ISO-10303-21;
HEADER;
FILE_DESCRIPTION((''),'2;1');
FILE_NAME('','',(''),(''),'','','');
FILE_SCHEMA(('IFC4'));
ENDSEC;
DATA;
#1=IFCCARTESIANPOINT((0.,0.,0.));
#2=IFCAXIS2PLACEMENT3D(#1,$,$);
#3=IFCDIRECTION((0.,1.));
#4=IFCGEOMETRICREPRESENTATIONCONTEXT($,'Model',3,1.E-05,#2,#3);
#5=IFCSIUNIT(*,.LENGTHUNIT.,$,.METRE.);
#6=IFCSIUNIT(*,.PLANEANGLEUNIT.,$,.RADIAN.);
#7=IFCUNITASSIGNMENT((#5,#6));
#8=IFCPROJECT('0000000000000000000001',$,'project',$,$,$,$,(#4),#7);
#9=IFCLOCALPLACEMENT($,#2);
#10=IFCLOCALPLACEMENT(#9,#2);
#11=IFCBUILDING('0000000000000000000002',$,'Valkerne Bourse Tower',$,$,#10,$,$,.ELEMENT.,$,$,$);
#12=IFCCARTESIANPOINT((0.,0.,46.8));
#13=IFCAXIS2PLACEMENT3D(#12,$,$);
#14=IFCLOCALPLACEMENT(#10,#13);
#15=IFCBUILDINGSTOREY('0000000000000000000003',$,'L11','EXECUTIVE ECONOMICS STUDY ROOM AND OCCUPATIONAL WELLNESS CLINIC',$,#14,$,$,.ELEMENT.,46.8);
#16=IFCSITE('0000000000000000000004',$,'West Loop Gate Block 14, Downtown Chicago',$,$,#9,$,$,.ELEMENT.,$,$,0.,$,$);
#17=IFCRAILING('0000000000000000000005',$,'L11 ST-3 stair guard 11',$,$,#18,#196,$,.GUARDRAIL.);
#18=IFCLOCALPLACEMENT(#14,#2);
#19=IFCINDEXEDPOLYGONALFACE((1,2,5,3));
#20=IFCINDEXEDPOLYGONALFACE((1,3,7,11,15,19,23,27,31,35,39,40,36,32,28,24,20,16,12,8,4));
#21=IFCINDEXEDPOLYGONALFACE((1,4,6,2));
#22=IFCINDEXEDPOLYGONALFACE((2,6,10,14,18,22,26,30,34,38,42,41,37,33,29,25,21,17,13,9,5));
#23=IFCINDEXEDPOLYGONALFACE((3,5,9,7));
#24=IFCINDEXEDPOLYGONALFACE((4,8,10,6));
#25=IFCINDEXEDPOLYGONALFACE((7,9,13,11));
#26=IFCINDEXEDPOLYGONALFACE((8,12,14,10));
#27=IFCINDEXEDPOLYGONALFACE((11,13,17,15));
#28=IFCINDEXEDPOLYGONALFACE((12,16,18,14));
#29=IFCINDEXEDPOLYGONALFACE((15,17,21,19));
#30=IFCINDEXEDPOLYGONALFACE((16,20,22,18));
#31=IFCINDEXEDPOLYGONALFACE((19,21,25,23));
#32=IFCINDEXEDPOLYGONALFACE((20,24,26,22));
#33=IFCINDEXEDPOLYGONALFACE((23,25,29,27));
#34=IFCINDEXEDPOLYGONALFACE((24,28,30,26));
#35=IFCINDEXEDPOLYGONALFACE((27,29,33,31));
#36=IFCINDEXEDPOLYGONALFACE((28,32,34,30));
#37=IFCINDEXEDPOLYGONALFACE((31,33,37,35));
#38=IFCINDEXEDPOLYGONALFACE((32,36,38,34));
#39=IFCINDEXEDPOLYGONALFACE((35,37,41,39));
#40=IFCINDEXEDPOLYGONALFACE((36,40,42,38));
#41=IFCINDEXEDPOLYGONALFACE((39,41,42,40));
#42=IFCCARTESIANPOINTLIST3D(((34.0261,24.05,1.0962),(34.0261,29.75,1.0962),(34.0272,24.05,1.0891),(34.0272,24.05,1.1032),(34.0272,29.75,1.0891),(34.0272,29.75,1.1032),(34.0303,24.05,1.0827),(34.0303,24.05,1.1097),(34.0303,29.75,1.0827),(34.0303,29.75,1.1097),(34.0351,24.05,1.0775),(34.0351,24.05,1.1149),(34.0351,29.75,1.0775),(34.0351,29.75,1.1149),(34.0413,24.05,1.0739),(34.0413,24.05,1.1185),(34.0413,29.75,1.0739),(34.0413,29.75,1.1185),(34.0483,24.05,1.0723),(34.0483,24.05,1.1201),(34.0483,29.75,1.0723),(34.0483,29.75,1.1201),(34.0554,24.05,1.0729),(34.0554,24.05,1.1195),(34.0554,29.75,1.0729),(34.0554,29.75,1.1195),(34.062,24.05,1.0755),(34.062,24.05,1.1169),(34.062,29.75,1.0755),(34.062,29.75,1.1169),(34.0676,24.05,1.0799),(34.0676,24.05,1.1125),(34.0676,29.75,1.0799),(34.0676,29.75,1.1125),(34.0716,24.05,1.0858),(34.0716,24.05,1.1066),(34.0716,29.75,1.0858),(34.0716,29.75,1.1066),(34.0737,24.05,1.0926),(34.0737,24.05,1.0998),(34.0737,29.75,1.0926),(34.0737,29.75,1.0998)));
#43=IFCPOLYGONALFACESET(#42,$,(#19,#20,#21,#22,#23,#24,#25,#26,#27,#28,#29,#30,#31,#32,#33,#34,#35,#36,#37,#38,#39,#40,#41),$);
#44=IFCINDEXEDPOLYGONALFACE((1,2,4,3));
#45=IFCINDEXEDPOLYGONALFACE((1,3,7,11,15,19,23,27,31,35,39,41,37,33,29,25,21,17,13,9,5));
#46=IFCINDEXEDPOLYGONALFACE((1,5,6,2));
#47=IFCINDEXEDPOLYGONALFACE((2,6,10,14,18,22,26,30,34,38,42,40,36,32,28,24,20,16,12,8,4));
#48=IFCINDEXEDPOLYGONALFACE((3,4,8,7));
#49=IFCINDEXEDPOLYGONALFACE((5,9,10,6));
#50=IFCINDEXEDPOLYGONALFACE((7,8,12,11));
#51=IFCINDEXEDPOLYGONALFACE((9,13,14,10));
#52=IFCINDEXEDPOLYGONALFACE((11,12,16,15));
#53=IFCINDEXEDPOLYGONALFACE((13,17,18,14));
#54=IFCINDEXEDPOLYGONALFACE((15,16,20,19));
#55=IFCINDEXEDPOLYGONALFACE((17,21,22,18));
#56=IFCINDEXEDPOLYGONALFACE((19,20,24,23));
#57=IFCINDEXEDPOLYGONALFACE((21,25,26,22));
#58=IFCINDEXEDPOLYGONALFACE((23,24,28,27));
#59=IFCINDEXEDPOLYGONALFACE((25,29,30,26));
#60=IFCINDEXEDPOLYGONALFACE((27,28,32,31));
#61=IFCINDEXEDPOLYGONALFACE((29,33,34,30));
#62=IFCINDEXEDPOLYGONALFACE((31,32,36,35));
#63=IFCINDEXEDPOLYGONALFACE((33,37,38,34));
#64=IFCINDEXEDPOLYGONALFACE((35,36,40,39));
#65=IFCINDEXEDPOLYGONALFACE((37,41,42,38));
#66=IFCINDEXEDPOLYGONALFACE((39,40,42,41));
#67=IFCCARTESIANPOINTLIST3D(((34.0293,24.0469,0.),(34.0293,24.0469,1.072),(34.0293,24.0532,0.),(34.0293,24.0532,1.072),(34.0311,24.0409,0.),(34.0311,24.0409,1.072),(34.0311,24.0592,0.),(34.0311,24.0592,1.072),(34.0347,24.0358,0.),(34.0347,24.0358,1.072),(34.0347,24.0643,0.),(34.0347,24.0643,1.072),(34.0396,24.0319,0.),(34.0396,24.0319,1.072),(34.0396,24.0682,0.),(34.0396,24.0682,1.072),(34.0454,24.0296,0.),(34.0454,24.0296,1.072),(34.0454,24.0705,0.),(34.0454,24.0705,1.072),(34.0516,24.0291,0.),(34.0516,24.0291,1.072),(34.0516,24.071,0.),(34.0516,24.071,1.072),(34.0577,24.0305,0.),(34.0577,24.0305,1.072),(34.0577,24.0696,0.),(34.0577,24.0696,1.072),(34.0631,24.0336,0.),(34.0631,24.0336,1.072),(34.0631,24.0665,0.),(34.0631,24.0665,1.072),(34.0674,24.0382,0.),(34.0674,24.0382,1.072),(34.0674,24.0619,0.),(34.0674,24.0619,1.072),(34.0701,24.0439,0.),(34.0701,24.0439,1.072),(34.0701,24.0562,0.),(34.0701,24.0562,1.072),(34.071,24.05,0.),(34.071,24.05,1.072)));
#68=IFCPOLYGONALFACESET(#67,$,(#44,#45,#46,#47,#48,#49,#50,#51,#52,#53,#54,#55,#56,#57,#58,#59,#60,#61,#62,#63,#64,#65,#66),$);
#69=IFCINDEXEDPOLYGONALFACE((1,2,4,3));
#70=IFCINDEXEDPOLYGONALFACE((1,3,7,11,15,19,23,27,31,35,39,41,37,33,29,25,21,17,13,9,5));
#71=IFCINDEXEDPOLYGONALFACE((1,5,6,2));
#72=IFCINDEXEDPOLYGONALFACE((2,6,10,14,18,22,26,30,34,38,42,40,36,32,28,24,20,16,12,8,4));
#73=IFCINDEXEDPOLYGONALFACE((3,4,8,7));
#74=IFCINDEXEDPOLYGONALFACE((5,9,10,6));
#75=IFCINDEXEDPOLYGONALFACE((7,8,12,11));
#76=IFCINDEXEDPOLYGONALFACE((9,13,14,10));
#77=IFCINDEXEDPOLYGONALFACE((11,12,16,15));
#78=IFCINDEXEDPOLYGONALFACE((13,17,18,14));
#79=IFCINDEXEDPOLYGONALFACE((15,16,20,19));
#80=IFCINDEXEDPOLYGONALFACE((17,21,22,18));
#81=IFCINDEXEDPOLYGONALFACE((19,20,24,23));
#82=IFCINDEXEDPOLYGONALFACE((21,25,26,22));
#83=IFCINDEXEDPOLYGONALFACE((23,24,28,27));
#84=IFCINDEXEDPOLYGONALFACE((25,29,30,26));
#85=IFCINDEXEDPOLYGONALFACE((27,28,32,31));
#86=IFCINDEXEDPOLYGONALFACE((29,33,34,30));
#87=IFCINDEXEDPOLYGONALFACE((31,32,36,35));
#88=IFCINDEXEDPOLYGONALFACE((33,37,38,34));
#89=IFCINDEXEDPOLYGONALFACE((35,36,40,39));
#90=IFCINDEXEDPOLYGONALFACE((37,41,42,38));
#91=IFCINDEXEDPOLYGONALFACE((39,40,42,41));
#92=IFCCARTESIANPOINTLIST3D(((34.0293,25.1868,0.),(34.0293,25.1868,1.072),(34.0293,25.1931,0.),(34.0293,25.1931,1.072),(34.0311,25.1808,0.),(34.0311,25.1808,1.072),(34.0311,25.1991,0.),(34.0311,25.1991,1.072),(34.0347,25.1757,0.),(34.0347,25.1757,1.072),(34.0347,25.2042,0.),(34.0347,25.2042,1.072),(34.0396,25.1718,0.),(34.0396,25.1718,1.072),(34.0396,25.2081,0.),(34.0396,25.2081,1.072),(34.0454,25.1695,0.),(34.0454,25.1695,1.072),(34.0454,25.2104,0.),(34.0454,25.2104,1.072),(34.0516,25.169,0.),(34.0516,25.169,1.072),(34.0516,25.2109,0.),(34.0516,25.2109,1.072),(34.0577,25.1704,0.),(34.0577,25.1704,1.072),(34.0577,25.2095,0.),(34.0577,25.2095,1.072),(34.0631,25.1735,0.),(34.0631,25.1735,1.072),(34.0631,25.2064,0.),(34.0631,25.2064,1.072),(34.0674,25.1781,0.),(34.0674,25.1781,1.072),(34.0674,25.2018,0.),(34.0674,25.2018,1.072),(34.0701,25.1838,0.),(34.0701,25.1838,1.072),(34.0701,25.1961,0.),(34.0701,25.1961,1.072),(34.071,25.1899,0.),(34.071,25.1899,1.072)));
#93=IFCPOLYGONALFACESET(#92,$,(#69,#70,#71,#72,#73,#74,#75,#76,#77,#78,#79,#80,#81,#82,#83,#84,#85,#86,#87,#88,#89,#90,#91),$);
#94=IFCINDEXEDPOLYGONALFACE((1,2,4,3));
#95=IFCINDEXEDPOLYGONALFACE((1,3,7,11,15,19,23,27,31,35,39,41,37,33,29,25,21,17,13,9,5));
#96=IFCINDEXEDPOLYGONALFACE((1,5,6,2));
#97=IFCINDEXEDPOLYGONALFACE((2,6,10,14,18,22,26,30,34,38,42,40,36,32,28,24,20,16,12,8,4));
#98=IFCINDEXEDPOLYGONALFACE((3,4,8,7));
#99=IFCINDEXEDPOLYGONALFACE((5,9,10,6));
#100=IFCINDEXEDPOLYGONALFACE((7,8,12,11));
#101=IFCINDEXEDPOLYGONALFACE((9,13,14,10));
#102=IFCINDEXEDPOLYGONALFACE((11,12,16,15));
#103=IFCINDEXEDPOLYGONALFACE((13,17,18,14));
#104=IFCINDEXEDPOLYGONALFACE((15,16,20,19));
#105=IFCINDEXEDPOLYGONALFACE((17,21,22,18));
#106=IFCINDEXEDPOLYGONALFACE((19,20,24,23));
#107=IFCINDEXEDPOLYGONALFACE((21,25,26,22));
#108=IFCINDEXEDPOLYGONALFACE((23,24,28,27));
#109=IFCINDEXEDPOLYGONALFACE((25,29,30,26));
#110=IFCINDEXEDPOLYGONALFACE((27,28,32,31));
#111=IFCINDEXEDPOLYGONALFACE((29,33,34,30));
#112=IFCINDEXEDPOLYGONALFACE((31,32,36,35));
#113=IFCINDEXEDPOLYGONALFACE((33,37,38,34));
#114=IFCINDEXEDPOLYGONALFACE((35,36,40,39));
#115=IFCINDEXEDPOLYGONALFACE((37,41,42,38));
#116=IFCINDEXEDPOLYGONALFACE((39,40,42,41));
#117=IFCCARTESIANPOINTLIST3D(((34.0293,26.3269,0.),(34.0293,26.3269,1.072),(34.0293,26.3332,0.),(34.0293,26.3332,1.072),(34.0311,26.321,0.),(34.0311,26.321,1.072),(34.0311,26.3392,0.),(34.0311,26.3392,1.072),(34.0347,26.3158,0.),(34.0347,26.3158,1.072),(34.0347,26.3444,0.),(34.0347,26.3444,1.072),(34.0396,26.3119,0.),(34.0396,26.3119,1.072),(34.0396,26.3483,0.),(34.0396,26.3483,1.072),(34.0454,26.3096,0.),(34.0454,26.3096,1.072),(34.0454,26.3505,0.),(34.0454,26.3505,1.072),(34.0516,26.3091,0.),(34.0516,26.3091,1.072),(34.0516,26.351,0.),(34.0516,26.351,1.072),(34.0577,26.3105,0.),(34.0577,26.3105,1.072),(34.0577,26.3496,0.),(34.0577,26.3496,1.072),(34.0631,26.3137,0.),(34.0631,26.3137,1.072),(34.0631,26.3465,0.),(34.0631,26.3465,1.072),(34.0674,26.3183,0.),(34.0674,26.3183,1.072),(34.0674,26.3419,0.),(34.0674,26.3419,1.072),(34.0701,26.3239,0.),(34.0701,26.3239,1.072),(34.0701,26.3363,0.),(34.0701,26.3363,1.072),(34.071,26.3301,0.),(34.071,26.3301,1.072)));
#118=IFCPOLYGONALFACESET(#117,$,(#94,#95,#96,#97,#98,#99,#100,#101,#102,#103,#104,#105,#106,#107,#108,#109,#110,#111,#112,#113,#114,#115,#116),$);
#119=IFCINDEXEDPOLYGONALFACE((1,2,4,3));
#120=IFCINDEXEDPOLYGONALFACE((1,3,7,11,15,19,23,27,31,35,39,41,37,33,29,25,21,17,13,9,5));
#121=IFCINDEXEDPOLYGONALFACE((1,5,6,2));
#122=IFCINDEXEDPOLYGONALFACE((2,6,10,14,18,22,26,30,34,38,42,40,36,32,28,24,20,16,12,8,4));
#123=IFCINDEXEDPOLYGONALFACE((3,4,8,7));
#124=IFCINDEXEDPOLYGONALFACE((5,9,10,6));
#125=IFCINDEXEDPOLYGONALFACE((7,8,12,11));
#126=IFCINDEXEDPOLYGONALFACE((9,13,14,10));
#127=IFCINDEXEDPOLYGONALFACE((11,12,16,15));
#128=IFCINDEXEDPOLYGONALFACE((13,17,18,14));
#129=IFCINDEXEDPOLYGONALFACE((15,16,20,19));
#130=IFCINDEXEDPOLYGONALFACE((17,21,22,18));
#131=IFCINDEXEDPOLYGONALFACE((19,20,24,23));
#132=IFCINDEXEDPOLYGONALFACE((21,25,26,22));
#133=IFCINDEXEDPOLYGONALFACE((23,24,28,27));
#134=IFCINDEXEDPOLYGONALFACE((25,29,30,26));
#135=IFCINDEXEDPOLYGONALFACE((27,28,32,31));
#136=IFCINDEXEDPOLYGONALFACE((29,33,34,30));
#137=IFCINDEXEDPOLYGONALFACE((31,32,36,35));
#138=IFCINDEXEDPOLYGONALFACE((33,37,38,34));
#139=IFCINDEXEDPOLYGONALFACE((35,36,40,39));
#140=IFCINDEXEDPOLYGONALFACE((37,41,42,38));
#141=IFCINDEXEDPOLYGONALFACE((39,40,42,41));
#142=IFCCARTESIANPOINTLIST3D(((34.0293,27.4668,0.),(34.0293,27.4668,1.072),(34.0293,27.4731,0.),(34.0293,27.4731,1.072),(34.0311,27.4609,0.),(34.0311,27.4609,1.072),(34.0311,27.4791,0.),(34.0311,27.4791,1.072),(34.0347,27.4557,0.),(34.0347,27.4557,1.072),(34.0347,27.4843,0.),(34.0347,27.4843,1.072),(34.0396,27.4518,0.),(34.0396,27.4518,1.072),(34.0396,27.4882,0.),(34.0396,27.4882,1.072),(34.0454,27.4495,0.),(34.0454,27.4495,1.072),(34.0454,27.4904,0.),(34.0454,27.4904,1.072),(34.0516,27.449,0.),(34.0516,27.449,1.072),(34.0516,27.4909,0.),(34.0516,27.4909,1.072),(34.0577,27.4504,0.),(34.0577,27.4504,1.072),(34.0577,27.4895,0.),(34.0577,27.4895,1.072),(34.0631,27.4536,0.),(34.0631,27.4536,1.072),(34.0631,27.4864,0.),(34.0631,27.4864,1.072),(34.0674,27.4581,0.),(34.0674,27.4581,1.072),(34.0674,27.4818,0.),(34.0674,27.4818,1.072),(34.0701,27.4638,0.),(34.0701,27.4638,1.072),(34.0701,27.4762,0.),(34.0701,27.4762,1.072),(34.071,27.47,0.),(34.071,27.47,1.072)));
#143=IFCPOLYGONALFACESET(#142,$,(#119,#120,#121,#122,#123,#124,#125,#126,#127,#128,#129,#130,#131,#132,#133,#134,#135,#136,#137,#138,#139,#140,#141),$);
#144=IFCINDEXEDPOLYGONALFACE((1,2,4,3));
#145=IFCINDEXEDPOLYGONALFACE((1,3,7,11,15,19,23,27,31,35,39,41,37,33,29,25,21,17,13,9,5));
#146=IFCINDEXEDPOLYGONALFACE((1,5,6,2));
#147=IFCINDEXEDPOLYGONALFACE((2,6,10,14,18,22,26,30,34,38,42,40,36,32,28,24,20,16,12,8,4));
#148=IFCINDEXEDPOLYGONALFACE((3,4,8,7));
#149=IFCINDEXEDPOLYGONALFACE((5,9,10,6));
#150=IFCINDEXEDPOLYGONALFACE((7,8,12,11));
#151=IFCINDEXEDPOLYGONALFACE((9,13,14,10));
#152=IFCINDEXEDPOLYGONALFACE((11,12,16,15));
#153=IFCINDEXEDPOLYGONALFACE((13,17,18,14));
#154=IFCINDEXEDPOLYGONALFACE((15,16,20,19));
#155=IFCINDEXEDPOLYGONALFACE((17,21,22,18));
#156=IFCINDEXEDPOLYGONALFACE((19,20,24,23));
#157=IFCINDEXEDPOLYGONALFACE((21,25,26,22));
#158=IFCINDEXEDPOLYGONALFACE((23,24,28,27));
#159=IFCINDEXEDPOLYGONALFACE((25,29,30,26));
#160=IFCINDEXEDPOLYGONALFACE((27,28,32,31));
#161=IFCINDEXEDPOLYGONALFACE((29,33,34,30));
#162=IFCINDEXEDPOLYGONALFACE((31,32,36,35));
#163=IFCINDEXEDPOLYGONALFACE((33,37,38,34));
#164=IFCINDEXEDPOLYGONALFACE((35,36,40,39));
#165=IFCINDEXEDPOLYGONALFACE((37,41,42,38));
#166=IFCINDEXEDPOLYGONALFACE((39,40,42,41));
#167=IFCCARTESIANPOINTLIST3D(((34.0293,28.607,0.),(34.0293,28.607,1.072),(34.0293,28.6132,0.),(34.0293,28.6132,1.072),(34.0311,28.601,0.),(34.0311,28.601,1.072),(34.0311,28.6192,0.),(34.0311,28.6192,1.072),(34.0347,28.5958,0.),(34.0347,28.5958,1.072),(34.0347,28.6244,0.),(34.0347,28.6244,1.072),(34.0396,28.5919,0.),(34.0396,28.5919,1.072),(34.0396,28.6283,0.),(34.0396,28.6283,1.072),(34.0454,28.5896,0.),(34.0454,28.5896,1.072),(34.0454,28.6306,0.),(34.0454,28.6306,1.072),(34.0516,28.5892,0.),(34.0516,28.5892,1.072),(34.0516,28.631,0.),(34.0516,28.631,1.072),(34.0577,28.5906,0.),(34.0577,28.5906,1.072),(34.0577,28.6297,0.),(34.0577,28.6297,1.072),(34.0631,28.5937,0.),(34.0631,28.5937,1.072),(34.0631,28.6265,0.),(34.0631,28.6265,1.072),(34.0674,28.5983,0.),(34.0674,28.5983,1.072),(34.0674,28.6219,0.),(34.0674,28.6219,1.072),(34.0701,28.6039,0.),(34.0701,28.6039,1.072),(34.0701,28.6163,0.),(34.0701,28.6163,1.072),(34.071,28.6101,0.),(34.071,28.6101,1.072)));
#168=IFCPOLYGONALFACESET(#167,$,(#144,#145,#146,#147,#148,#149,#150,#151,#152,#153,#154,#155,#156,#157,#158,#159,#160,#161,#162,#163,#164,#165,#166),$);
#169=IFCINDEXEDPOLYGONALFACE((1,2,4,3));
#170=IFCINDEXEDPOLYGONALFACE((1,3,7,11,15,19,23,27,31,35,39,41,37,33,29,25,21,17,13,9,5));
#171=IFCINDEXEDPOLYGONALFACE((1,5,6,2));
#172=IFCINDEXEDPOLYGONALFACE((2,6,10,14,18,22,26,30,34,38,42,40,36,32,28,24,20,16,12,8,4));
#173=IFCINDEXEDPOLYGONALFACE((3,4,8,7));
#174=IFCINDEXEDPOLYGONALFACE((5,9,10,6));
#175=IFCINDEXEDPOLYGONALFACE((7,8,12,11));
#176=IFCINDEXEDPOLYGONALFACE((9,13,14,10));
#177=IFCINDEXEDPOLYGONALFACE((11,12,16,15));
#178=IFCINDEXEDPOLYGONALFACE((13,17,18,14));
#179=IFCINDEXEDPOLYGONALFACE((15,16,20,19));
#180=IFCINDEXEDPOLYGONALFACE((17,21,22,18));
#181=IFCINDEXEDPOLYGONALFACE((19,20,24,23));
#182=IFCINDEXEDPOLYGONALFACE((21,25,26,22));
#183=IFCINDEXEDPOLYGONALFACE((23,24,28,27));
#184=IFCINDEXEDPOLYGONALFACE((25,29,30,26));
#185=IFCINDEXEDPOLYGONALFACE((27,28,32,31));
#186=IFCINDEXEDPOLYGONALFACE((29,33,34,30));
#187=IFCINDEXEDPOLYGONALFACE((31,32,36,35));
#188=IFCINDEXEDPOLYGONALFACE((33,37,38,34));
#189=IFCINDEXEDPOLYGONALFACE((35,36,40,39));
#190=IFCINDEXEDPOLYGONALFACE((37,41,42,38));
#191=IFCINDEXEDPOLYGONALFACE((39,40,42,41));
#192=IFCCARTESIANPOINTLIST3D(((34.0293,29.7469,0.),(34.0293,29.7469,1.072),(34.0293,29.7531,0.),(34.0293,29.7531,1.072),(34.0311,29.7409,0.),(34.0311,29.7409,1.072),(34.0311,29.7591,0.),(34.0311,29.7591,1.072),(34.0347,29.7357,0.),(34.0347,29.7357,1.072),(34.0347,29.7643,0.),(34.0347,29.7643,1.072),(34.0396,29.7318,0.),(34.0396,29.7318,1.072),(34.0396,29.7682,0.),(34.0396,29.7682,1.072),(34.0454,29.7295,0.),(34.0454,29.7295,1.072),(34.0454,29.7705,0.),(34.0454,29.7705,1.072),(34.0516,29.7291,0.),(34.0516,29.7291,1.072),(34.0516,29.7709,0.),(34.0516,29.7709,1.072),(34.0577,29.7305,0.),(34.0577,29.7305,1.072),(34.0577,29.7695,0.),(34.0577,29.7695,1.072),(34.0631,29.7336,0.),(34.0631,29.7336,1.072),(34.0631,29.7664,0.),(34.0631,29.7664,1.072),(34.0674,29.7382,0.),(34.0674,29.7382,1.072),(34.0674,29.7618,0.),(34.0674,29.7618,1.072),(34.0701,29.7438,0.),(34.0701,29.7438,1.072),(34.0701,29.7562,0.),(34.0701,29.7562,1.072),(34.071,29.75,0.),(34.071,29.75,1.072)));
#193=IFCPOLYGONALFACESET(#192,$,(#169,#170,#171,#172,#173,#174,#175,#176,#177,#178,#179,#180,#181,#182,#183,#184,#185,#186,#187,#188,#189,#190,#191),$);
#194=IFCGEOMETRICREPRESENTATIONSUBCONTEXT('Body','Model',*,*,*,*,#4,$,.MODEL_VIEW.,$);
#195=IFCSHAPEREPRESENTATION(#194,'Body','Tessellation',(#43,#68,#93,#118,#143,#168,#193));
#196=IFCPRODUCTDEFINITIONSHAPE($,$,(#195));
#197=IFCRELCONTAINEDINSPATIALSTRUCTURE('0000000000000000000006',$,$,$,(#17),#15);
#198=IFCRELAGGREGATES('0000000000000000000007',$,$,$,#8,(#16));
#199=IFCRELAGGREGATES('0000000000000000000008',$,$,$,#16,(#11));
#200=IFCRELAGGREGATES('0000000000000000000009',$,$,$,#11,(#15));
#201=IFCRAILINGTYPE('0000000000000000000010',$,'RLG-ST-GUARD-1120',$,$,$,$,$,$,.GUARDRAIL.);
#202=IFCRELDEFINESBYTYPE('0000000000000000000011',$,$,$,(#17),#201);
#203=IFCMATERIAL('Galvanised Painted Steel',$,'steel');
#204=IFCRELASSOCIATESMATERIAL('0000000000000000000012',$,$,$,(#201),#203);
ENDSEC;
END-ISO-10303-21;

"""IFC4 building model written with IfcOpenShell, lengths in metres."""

from ifc_helpers import new_model, si_unit, direction, frame, origin, origin_2d, place, context, subcontext, project, spatial, circle, extrude, material, type_object, element, save


model = new_model("IFC4")

# Units and contexts
model_context = context("Model", 3, precision=1e-05, world=origin(), true_north=direction((0.0, 1.0)))
body_context = subcontext(model_context, "Body", "Model", "MODEL_VIEW")
ifc_project = project(units=[si_unit("LENGTHUNIT", "METRE"), si_unit("PLANEANGLEUNIT", "RADIAN")], contexts=[model_context])

# Site, building, storey
site_placement = place(None, origin())
site = spatial("IfcSite", under=ifc_project, at=site_placement, Name="West Loop Gate Block 14, Downtown Chicago", CompositionType="ELEMENT", RefElevation=0.0)
building_placement = place(site_placement, origin())
building = spatial("IfcBuilding", under=site, at=building_placement, Name="Valkerne Bourse Tower", CompositionType="ELEMENT")
storey_placement = place(building_placement, frame((0.0, 0.0, 46.8)))
storey = spatial("IfcBuildingStorey", under=building, at=storey_placement, Name="L11", Description="EXECUTIVE ECONOMICS STUDY ROOM AND OCCUPATIONAL WELLNESS CLINIC", CompositionType="ELEMENT", Elevation=46.8)

# Shared definitions
ifc_material_1 = material(Name="Galvanised Painted Steel", Category="steel")

# Railing
railing_type_1 = type_object("IfcRailingType", Name="RLG-ST-GUARD-1120", PredefinedType="GUARDRAIL", material=ifc_material_1)
for number, where, name in (
    (1, (34.05, 24.05, 0.0), "L11 ST-3 stair guard 11"),
):
    element("IfcRailing", number, at=place(storey_placement, frame(where)), inside=storey, type_object=railing_type_1, Name=name, PredefinedType="GUARDRAIL", context=body_context, shape_type="SweptSolid", body=[
        extrude(circle(Radius=0.0239, at=origin_2d()), frame((0.0, 0.0, 1.0962), z_axis=(0.0, 1.0, 0.0), x_axis=(-1.0, 0.0, 0.0)), (0.0, 0.0, 1.0), 5.7),
        extrude(circle(Radius=0.021, at=origin_2d()), origin(), (0.0, 0.0, 1.0), 1.072),
        extrude(circle(Radius=0.021, at=origin_2d()), frame((0.0, 1.1399, 0.0)), (0.0, 0.0, 1.0), 1.072),
        extrude(circle(Radius=0.021, at=origin_2d()), frame((0.0, 2.28, 0.0)), (0.0, 0.0, 1.0), 1.072),
        extrude(circle(Radius=0.021, at=origin_2d()), frame((0.0, 3.4199, 0.0)), (0.0, 0.0, 1.0), 1.072),
        extrude(circle(Radius=0.021, at=origin_2d()), frame((0.0, 4.5601, 0.0)), (0.0, 0.0, 1.0), 1.072),
        extrude(circle(Radius=0.021, at=origin_2d()), frame((0.0, 5.7, 0.0)), (0.0, 0.0, 1.0), 1.072),
    ])

save(model, "model.ifc")
